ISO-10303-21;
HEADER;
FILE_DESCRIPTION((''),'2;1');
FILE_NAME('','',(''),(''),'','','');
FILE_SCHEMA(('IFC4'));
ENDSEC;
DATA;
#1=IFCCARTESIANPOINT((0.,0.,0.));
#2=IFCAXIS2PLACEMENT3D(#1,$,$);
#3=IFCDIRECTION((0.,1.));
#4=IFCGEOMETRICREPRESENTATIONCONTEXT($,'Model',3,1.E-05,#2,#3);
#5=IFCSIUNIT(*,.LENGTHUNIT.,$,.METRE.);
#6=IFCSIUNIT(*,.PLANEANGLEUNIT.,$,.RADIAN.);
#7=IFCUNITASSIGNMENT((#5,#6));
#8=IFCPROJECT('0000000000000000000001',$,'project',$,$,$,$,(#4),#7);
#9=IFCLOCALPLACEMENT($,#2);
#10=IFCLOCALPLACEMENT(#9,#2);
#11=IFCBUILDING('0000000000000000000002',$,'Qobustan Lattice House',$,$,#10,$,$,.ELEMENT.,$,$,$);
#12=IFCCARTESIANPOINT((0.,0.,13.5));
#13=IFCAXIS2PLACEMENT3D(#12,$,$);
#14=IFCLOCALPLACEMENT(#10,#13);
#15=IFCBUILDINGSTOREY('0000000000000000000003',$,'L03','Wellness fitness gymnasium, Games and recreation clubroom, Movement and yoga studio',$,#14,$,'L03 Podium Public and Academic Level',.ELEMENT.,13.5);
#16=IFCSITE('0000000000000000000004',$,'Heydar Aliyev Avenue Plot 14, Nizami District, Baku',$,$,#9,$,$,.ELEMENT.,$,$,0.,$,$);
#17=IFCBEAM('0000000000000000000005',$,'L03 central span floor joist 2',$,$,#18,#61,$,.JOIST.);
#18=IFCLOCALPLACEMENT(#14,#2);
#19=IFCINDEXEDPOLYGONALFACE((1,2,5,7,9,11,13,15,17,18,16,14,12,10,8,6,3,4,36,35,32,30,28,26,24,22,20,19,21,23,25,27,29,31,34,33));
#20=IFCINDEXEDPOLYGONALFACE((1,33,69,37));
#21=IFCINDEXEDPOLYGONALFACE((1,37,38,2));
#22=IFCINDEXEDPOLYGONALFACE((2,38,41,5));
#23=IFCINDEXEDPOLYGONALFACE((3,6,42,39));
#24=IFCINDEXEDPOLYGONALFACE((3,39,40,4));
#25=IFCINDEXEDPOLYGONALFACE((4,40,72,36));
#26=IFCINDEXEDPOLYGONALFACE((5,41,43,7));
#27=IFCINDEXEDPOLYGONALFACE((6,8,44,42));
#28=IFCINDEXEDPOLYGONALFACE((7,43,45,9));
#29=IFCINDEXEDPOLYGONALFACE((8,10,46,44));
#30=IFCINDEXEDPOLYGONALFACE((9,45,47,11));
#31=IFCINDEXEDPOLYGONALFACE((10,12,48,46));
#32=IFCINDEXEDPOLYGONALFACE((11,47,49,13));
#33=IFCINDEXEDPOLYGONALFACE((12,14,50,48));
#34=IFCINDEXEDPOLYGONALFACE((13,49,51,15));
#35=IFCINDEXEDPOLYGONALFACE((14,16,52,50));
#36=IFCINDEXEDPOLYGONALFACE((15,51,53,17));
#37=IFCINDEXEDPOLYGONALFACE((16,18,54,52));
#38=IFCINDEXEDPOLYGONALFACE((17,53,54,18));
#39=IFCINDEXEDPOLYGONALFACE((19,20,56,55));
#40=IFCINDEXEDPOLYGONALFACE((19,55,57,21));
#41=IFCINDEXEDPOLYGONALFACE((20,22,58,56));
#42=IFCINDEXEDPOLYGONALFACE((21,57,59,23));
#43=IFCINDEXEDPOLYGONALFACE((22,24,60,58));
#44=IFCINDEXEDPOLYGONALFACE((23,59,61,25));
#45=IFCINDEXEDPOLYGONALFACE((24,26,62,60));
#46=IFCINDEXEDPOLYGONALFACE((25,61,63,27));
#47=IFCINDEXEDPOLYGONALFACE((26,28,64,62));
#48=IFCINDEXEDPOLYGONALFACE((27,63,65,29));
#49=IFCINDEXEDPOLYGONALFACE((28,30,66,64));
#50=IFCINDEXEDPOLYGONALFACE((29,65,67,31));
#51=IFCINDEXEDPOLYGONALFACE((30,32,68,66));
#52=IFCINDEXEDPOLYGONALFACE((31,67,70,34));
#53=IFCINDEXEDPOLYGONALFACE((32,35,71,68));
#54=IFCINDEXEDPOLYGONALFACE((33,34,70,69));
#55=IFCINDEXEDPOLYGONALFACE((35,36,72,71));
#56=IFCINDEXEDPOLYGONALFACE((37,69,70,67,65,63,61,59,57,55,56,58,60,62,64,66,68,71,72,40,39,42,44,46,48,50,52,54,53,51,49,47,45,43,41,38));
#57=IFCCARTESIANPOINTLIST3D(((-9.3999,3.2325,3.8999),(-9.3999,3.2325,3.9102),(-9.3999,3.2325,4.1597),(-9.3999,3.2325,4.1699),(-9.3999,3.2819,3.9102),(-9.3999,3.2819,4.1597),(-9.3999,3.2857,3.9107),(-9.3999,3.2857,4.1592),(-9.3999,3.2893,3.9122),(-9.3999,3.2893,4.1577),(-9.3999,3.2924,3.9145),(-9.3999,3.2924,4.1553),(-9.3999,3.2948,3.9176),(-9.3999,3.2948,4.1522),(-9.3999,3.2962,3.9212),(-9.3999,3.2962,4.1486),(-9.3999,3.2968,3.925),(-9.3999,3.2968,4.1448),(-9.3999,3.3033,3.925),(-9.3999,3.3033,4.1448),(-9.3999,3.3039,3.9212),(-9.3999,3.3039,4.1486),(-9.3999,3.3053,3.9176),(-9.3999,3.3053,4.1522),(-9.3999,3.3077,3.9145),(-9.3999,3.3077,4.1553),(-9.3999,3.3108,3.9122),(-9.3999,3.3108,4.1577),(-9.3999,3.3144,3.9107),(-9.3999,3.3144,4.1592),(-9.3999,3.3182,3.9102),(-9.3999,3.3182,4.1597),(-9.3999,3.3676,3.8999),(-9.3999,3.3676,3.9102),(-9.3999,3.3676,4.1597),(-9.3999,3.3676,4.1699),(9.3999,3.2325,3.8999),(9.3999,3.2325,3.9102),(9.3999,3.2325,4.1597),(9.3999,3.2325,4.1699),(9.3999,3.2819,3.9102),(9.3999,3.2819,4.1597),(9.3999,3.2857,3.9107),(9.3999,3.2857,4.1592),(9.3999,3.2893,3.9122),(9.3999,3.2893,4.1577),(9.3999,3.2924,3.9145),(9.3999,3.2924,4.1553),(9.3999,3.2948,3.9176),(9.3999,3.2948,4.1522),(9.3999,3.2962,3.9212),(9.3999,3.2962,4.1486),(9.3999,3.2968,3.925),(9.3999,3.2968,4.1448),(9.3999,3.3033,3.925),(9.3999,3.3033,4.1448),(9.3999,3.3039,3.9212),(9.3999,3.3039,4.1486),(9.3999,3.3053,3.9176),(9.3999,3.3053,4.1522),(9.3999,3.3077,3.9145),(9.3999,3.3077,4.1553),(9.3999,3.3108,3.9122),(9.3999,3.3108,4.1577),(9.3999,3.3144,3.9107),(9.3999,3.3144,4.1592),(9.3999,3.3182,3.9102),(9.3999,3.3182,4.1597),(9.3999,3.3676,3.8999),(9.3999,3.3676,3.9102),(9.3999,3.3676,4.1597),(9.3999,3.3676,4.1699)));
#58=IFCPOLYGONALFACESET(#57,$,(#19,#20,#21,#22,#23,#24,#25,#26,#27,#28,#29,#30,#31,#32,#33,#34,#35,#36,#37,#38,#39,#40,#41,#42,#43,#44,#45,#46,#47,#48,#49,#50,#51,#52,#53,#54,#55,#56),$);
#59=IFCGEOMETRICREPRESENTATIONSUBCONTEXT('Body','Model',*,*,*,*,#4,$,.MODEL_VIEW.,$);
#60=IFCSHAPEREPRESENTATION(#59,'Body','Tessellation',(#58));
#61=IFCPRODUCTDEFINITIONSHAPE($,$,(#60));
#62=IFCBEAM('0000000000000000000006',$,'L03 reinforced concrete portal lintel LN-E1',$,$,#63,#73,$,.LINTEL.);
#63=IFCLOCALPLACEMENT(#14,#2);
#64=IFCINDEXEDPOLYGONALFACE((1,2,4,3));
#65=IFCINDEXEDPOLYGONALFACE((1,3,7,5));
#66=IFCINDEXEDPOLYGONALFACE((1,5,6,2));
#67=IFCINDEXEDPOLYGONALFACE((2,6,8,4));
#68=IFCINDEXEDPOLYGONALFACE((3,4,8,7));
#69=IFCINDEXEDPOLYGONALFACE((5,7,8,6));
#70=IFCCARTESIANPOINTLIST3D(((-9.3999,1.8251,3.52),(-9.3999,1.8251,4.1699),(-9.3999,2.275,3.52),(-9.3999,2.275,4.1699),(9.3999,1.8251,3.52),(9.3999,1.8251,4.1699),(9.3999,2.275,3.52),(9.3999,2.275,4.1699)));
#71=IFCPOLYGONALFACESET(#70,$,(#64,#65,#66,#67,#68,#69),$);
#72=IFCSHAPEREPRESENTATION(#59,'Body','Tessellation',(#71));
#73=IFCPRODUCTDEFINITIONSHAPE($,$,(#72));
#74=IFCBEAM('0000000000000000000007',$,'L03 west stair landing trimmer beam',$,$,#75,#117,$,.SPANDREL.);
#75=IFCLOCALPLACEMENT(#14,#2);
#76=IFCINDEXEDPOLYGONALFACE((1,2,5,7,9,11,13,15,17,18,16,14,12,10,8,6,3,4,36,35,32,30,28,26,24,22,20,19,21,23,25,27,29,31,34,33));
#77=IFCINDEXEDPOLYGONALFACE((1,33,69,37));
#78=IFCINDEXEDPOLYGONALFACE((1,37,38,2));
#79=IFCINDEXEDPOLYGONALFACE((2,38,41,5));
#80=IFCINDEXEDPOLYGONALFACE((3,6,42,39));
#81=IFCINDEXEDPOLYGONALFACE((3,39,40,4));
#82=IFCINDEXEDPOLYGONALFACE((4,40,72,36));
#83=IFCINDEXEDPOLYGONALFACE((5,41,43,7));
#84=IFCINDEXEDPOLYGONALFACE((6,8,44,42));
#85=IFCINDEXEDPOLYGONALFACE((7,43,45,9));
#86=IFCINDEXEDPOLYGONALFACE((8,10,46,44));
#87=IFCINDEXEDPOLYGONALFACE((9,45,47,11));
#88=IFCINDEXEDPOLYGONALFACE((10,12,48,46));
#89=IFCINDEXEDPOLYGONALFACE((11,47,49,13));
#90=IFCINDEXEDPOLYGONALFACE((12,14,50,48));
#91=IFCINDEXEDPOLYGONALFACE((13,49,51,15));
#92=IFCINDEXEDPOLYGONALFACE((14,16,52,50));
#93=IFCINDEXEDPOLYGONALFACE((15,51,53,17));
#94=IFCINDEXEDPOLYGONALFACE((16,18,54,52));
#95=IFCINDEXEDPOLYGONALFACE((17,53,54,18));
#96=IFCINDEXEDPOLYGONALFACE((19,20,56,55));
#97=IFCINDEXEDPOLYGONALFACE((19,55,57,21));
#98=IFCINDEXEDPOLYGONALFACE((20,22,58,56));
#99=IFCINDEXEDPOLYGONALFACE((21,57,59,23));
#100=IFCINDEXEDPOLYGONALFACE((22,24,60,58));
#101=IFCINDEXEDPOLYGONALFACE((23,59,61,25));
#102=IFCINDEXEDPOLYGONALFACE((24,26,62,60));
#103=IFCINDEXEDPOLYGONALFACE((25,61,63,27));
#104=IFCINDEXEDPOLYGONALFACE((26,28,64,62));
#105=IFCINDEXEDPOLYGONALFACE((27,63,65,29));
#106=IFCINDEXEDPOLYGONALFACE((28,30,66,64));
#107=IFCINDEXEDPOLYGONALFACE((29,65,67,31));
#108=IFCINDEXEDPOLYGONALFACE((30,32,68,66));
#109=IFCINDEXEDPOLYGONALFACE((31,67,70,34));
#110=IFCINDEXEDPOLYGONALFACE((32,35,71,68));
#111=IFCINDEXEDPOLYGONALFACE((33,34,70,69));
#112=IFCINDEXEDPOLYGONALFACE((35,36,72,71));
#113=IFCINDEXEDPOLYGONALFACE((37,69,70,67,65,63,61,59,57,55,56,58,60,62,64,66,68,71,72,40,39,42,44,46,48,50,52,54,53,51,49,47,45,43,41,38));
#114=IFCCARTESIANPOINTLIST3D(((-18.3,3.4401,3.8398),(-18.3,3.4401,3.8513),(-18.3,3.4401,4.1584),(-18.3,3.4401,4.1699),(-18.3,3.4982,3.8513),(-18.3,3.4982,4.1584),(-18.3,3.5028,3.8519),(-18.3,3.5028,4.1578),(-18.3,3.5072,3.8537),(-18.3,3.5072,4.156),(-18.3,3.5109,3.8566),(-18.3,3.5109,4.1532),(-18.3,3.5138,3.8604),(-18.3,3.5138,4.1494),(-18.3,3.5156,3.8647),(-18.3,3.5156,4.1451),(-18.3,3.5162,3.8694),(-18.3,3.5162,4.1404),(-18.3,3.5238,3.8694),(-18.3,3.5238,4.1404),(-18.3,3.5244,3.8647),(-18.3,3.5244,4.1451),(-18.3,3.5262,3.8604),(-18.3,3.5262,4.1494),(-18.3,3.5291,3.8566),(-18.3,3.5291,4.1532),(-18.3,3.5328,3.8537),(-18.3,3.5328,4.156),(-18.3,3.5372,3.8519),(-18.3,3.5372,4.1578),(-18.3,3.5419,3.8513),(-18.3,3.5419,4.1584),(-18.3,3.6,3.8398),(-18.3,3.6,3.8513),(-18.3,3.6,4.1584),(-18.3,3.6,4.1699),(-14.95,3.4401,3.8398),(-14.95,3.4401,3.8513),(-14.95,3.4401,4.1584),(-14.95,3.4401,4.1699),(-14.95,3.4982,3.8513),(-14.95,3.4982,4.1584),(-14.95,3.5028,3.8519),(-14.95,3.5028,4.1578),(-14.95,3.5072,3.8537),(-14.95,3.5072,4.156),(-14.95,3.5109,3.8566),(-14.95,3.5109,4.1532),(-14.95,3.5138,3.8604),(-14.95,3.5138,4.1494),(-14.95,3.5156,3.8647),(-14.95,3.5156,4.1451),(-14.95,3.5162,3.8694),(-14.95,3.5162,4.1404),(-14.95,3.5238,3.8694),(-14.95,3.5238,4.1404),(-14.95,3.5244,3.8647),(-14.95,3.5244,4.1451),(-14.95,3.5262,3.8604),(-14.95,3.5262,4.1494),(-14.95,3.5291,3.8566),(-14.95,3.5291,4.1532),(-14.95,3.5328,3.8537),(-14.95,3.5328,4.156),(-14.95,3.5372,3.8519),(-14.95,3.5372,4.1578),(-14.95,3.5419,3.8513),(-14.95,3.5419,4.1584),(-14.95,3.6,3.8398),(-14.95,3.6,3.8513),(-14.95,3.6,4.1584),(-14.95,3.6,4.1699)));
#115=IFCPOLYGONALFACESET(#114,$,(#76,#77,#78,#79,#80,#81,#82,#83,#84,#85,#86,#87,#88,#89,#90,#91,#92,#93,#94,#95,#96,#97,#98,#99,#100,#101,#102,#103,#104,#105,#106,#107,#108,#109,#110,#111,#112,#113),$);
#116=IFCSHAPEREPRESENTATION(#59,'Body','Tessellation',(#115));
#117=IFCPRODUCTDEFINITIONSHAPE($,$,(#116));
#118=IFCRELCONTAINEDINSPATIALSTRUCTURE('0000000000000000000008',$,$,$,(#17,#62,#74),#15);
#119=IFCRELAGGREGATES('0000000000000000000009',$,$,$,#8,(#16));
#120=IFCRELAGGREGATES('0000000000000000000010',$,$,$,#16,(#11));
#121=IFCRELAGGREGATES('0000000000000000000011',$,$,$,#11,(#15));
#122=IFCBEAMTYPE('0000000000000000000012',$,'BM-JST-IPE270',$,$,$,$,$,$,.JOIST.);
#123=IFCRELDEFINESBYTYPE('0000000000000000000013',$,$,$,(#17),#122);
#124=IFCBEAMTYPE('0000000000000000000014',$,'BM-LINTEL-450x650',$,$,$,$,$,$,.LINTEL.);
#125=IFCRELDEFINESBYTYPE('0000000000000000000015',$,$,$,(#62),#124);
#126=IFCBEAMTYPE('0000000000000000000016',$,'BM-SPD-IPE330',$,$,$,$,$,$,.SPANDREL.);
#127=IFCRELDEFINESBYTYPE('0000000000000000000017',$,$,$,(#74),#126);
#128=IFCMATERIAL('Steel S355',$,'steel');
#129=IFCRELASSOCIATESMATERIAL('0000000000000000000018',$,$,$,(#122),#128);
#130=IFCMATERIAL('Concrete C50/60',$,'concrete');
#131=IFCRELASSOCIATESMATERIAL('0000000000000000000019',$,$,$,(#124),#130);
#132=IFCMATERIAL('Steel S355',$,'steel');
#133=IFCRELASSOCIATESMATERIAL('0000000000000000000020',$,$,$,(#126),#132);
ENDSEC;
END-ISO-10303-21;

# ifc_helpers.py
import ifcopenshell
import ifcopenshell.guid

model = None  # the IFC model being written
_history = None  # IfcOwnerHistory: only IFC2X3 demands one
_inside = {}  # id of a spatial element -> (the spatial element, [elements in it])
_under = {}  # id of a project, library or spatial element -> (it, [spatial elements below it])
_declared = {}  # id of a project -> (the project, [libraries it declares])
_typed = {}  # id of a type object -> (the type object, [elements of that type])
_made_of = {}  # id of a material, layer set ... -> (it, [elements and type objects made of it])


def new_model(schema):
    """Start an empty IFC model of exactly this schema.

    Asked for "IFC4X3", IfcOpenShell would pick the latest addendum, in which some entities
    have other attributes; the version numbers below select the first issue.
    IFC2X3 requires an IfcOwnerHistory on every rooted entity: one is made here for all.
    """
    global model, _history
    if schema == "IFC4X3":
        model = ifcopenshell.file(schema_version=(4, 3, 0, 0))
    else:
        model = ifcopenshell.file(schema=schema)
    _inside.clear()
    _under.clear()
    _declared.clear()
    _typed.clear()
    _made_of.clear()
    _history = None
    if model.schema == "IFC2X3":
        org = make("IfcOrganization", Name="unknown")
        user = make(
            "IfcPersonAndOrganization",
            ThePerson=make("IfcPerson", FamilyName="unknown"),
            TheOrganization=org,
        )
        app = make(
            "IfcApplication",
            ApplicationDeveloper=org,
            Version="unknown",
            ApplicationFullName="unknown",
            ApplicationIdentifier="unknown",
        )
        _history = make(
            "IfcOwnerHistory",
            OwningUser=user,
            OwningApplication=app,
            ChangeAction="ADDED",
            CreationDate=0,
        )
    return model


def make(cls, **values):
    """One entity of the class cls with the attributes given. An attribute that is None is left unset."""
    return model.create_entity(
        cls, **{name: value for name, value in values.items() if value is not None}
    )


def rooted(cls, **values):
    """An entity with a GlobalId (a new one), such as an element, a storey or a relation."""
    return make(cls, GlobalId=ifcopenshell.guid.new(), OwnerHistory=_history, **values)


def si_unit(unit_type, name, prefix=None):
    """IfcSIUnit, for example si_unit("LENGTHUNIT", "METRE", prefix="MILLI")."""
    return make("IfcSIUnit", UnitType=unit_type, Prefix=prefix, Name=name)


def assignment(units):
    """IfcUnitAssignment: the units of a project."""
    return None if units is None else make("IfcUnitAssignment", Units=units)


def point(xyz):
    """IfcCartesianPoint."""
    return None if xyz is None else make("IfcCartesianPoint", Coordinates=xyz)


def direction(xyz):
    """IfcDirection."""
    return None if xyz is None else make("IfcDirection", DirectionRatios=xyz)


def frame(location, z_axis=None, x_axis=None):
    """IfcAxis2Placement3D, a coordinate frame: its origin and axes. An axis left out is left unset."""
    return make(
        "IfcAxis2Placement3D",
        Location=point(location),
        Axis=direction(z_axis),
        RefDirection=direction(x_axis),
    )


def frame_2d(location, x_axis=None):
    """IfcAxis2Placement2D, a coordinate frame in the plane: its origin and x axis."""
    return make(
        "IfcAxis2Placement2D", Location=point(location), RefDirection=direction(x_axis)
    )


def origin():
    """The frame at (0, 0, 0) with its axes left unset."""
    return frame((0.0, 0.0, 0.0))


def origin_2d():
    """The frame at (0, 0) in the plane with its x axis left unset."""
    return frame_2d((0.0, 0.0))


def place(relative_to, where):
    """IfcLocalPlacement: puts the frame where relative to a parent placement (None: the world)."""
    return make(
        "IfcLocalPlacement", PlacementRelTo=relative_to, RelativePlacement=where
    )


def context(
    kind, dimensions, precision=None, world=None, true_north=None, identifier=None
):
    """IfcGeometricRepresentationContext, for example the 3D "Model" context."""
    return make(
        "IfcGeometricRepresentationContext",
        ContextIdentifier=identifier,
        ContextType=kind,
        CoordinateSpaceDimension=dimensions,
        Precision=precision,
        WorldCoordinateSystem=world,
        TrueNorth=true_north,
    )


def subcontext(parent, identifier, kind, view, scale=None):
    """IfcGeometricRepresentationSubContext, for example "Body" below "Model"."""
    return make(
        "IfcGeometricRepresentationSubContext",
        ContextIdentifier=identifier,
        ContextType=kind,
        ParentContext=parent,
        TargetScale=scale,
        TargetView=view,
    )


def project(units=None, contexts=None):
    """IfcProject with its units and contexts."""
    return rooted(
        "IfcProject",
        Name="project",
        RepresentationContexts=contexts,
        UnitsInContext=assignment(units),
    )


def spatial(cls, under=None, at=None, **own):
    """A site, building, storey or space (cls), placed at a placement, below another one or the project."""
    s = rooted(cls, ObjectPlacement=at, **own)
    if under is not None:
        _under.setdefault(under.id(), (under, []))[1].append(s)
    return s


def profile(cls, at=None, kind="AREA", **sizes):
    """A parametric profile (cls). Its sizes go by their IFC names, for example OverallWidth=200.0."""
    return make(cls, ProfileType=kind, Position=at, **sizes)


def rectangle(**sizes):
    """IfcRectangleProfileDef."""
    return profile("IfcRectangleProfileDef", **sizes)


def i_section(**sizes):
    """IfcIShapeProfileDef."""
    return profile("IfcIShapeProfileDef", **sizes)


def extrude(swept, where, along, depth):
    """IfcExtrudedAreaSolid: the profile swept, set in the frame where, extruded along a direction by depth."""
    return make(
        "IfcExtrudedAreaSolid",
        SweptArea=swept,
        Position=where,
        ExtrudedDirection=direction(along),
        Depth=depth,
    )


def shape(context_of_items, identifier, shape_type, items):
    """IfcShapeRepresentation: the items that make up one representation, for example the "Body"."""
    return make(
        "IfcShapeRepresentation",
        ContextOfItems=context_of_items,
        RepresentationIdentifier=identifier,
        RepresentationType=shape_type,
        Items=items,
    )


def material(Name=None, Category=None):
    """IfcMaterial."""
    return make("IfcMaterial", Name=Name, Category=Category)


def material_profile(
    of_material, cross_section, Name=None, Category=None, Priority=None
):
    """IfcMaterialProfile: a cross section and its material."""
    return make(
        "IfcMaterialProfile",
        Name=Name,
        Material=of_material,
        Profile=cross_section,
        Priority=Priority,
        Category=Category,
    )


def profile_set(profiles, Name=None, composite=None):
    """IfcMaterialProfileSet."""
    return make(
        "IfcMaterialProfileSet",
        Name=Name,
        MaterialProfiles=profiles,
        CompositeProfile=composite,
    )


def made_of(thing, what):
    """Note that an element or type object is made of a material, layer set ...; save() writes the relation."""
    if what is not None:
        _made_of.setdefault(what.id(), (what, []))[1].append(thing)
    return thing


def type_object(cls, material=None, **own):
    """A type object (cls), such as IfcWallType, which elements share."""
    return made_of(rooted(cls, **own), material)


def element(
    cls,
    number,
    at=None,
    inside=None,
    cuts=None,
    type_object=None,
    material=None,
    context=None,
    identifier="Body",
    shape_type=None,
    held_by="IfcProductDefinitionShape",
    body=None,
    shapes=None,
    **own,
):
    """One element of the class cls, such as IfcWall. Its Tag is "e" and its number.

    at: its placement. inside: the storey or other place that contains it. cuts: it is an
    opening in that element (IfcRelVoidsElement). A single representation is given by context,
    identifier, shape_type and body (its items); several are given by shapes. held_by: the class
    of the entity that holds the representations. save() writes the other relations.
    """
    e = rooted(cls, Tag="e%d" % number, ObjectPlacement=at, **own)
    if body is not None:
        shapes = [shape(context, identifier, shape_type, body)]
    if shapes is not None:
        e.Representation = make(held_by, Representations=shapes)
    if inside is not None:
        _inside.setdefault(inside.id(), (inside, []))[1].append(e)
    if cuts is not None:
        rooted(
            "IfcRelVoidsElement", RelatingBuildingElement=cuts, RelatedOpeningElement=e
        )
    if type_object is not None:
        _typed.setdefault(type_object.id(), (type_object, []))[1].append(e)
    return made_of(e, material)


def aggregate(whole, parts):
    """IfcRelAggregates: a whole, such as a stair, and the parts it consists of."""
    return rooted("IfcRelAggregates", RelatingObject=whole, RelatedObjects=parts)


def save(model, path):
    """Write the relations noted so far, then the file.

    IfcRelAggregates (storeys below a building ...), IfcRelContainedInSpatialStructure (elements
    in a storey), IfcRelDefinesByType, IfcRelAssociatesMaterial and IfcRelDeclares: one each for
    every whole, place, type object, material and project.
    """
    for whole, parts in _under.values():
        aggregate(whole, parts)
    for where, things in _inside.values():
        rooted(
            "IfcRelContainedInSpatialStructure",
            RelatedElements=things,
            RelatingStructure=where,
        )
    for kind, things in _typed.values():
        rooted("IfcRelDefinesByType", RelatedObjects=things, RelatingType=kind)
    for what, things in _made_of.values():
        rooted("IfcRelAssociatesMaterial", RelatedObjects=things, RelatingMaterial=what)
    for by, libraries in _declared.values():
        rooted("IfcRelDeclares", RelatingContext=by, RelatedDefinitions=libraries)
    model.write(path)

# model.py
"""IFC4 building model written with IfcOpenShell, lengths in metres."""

from ifc_helpers import new_model, si_unit, direction, frame, origin, origin_2d, place, context, subcontext, project, spatial, rectangle, i_section, extrude, material, material_profile, profile_set, type_object, element, save


model = new_model("IFC4")

# Units and contexts
model_context = context("Model", 3, precision=1e-05, world=origin(), true_north=direction((0.0, 1.0)))
body_context = subcontext(model_context, "Body", "Model", "MODEL_VIEW")
ifc_project = project(units=[si_unit("LENGTHUNIT", "METRE"), si_unit("PLANEANGLEUNIT", "RADIAN")], contexts=[model_context])

# Site, building, storey
site_placement = place(None, origin())
site = spatial("IfcSite", under=ifc_project, at=site_placement, Name="Heydar Aliyev Avenue Plot 14, Nizami District, Baku", CompositionType="ELEMENT", RefElevation=0.0)
building_placement = place(site_placement, origin())
building = spatial("IfcBuilding", under=site, at=building_placement, Name="Qobustan Lattice House", CompositionType="ELEMENT")
storey_placement = place(building_placement, frame((0.0, 0.0, 13.5)))
storey = spatial("IfcBuildingStorey", under=building, at=storey_placement, Name="L03", Description="Wellness fitness gymnasium, Games and recreation clubroom, Movement and yoga studio", LongName="L03 Podium Public and Academic Level", CompositionType="ELEMENT", Elevation=13.5)

# Beams
ifc_material_1 = material(Name="Steel S355", Category="steel")
ifc_material_profile_1 = material_profile(ifc_material_1, i_section(OverallWidth=0.135, OverallDepth=0.27, WebThickness=0.0066, FlangeThickness=0.0103, FilletRadius=0.0149, at=origin_2d()), Name="IPE270")
ifc_profile_set_1 = profile_set([ifc_material_profile_1], Name="Steel S355")
beam_type_1 = type_object("IfcBeamType", Name="BM-JST-IPE270", PredefinedType="JOIST", material=ifc_profile_set_1)
beam_1_placement = place(storey_placement, frame((-9.3999, 3.3, 4.0349), z_axis=(1.0, 0.0, 0.0), x_axis=(0.0, 1.0, 0.0)))
element("IfcBeam", 1, at=beam_1_placement, inside=storey, type_object=beam_type_1, Name="L03 central span floor joist 2", PredefinedType="JOIST", context=body_context, shape_type="SweptSolid", body=[
    extrude(i_section(OverallWidth=0.135, OverallDepth=0.27, WebThickness=0.0066, FlangeThickness=0.0103, FilletRadius=0.0149, at=origin_2d()), origin(), (0.0, 0.0, 1.0), 18.7998),
])
ifc_material_2 = material(Name="Concrete C50/60", Category="concrete")
ifc_material_profile_2 = material_profile(ifc_material_2, rectangle(XDim=0.45, YDim=0.6499, at=origin_2d()), Name="RC450x650")
ifc_profile_set_2 = profile_set([ifc_material_profile_2], Name="Concrete C50/60")
beam_type_2 = type_object("IfcBeamType", Name="BM-LINTEL-450x650", PredefinedType="LINTEL", material=ifc_profile_set_2)
beam_2_placement = place(storey_placement, frame((-9.3999, 2.05, 3.845), z_axis=(1.0, 0.0, 0.0), x_axis=(0.0, 1.0, 0.0)))
element("IfcBeam", 2, at=beam_2_placement, inside=storey, type_object=beam_type_2, Name="L03 reinforced concrete portal lintel LN-E1", PredefinedType="LINTEL", context=body_context, shape_type="SweptSolid", body=[
    extrude(rectangle(XDim=0.45, YDim=0.6499, at=origin_2d()), origin(), (0.0, 0.0, 1.0), 18.7998),
])
ifc_material_3 = material(Name="Steel S355", Category="steel")
ifc_material_profile_3 = material_profile(ifc_material_3, i_section(OverallWidth=0.1599, OverallDepth=0.3301, WebThickness=0.0076, FlangeThickness=0.0115, FilletRadius=0.0181, at=origin_2d()), Name="IPE330")
ifc_profile_set_3 = profile_set([ifc_material_profile_3], Name="Steel S355")
beam_type_3 = type_object("IfcBeamType", Name="BM-SPD-IPE330", PredefinedType="SPANDREL", material=ifc_profile_set_3)
beam_3_placement = place(storey_placement, frame((-18.3, 3.52, 4.0049), z_axis=(1.0, 0.0, 0.0), x_axis=(0.0, 1.0, 0.0)))
element("IfcBeam", 3, at=beam_3_placement, inside=storey, type_object=beam_type_3, Name="L03 west stair landing trimmer beam", PredefinedType="SPANDREL", context=body_context, shape_type="SweptSolid", body=[
    extrude(i_section(OverallWidth=0.1599, OverallDepth=0.3301, WebThickness=0.0076, FlangeThickness=0.0115, FilletRadius=0.0181, at=origin_2d()), origin(), (0.0, 0.0, 1.0), 3.3501),
])

save(model, "model.ifc")
